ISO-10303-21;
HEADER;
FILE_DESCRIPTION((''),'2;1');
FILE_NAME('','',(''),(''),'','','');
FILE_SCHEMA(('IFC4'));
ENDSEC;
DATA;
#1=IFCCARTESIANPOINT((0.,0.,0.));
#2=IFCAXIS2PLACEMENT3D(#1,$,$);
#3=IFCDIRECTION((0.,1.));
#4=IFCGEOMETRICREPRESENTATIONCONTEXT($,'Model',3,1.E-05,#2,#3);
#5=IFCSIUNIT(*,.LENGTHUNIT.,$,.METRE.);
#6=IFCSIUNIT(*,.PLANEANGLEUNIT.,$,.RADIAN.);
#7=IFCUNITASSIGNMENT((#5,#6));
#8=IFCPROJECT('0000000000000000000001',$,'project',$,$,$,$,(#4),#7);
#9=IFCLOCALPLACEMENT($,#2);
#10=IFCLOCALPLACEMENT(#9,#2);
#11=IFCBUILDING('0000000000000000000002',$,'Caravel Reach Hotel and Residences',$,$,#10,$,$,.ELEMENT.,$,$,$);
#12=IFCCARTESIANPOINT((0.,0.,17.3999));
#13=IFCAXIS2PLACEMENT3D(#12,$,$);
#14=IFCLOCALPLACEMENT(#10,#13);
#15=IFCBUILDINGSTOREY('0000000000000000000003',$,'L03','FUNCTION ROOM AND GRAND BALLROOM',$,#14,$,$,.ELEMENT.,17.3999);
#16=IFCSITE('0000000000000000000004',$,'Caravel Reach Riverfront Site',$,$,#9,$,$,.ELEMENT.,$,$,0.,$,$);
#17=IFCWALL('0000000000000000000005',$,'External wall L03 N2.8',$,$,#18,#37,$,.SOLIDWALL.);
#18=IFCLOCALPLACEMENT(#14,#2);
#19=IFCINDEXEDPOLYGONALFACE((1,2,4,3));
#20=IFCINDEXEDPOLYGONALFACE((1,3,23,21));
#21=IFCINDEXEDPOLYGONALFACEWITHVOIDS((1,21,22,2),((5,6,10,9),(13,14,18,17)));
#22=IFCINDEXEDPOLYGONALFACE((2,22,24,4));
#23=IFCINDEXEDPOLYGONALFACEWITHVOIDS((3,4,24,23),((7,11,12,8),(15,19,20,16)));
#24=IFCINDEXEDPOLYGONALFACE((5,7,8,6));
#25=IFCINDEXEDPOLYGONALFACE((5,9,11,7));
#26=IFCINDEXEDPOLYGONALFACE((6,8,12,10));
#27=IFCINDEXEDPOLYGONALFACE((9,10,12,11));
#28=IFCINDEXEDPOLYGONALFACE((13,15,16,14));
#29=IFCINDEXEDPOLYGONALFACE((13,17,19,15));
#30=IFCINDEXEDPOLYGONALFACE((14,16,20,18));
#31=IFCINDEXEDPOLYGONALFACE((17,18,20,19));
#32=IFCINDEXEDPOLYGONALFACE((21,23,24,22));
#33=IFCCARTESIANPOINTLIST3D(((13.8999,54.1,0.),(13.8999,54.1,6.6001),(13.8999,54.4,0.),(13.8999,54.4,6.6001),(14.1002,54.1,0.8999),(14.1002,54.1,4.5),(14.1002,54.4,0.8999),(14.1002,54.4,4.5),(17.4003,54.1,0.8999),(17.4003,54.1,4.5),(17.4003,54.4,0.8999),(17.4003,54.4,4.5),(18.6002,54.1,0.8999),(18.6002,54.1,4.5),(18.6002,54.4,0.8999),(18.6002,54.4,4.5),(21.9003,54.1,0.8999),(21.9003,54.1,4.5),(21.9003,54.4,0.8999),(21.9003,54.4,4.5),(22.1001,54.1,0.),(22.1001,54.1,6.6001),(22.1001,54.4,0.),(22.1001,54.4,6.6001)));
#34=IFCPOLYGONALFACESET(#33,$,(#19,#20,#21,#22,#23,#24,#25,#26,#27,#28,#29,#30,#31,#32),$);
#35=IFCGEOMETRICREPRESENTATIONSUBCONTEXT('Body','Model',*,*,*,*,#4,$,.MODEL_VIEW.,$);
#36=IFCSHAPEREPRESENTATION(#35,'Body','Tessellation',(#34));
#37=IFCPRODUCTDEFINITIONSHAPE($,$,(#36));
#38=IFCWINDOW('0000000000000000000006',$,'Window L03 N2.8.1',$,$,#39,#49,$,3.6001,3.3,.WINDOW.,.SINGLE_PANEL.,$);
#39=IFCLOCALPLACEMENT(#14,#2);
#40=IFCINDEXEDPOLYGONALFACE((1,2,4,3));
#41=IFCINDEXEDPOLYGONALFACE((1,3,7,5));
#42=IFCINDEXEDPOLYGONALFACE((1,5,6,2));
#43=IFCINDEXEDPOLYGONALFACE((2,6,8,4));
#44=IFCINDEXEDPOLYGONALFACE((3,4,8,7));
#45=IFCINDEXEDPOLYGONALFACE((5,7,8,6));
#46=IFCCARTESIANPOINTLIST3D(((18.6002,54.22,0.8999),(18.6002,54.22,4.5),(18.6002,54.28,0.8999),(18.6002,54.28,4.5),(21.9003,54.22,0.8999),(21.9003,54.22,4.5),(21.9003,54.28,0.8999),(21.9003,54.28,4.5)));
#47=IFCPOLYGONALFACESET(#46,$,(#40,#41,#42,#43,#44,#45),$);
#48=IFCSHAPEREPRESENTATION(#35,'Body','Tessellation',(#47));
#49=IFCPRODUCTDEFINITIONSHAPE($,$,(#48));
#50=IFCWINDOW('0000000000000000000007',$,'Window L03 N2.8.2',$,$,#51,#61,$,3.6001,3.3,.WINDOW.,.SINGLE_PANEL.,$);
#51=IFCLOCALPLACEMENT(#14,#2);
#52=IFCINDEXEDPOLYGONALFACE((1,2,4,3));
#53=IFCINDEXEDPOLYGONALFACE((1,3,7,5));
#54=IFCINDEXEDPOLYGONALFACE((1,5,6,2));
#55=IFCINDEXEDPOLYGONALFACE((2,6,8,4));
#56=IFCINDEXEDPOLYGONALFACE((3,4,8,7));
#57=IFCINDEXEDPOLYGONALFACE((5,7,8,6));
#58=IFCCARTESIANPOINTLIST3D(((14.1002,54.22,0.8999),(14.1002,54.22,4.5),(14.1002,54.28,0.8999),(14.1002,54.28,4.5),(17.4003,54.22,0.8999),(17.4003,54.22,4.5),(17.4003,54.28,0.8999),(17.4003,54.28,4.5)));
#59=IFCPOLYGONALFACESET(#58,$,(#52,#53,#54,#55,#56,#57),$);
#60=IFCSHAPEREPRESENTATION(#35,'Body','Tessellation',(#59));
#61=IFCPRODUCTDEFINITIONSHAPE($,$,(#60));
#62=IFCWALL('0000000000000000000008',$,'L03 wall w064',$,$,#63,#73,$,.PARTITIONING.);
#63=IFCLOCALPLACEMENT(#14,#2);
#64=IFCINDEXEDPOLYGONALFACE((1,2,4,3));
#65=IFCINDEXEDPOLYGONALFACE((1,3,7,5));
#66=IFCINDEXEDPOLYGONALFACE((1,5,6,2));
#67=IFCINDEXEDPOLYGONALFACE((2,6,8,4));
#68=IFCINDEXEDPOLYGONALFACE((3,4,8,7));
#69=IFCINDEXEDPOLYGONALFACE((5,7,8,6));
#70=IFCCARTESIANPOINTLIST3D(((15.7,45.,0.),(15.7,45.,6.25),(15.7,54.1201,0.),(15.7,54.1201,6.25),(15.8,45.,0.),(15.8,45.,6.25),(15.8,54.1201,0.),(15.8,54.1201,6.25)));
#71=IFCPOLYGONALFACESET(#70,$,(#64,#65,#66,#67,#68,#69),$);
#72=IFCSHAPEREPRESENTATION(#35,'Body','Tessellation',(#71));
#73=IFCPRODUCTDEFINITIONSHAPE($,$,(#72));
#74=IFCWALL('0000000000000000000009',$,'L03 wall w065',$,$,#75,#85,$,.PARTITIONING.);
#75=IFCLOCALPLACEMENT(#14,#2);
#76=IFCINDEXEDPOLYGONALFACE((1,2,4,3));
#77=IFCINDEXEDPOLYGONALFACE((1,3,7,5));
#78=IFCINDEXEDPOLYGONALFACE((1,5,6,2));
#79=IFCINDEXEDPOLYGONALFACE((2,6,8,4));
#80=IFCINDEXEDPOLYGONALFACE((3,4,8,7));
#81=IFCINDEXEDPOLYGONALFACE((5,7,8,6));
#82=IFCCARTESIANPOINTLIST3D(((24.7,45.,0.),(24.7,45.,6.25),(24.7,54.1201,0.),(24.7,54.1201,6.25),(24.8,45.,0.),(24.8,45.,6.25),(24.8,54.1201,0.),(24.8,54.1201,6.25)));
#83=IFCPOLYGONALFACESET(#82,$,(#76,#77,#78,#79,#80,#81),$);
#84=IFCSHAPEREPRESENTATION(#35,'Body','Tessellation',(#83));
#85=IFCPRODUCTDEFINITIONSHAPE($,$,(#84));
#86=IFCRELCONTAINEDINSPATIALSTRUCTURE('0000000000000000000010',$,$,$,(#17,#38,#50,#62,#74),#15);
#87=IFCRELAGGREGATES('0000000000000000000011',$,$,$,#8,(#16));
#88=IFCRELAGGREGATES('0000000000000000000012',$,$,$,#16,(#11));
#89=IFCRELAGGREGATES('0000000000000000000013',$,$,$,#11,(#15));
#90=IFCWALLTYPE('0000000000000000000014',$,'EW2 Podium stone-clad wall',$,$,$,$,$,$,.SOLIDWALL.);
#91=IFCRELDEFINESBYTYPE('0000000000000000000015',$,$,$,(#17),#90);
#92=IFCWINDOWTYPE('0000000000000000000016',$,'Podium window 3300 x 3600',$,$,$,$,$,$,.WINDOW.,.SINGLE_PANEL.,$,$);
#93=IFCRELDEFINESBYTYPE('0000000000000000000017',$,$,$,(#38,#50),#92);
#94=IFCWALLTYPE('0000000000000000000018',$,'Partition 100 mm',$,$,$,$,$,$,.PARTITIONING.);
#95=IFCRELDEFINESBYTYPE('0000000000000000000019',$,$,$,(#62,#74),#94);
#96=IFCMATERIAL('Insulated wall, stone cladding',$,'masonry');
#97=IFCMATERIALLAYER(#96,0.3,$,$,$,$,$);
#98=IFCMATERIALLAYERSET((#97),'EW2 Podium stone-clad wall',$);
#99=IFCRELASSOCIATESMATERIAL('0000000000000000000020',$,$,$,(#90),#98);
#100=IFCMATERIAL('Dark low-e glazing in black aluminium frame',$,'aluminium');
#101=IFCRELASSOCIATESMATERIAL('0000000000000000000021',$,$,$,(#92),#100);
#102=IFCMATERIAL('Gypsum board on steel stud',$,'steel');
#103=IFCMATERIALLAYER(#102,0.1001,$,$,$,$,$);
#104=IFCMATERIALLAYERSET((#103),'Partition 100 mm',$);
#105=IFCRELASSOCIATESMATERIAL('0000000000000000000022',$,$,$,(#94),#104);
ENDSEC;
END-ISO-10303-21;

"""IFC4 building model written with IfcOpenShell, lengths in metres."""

from ifc_helpers import new_model, si_unit, direction, frame, frame_2d, origin, place, context, subcontext, project, spatial, rectangle, extrude, material, layer, layer_set, type_object, element, fill, save


model = new_model("IFC4")

# Units and contexts
model_context = context("Model", 3, precision=1e-05, world=origin(), true_north=direction((0.0, 1.0)))
body_context = subcontext(model_context, "Body", "Model", "MODEL_VIEW")
ifc_project = project(units=[si_unit("LENGTHUNIT", "METRE"), si_unit("PLANEANGLEUNIT", "RADIAN")], contexts=[model_context])

# Site, building, storey
site_placement = place(None, origin())
site = spatial("IfcSite", under=ifc_project, at=site_placement, Name="Caravel Reach Riverfront Site", CompositionType="ELEMENT", RefElevation=0.0)
building_placement = place(site_placement, origin())
building = spatial("IfcBuilding", under=site, at=building_placement, Name="Caravel Reach Hotel and Residences", CompositionType="ELEMENT")
storey_placement = place(building_placement, frame((0.0, 0.0, 17.3999)))
storey = spatial("IfcBuildingStorey", under=building, at=storey_placement, Name="L03", Description="FUNCTION ROOM AND GRAND BALLROOM", CompositionType="ELEMENT", Elevation=17.3999)

# Shared definitions
ifc_material_1 = material(Name="Insulated wall, stone cladding", Category="masonry")
ifc_layer_1 = layer(ifc_material_1, 0.3)
ifc_layer_set_1 = layer_set([ifc_layer_1], Name="EW2 Podium stone-clad wall")
wall_type_1 = type_object("IfcWallType", Name="EW2 Podium stone-clad wall", PredefinedType="SOLIDWALL", material=ifc_layer_set_1)
ifc_material_2 = material(Name="Dark low-e glazing in black aluminium frame", Category="aluminium")
window_type = type_object("IfcWindowType", Name="Podium window 3300 x 3600", PartitioningType="SINGLE_PANEL", PredefinedType="WINDOW", material=ifc_material_2)

# Wall, openings, windows
wall_1_placement = place(storey_placement, frame((22.1001, 54.25, 0.0), z_axis=(0.0, 0.0, 1.0), x_axis=(-1.0, 0.0, 0.0)))
wall_1 = element("IfcWall", 1, at=wall_1_placement, inside=storey, type_object=wall_type_1, Name="External wall L03 N2.8", PredefinedType="SOLIDWALL", context=body_context, shape_type="SweptSolid", body=[
    extrude(rectangle(XDim=8.2002, YDim=0.3, at=frame_2d((4.1001, 0.0))), origin(), (0.0, 0.0, 1.0), 6.6001),
])
opening_1_placement = place(wall_1_placement, frame((0.2, 0.0, 0.8999)))
opening_1 = element("IfcOpeningElement", 2, at=opening_1_placement, cuts=wall_1, PredefinedType="OPENING", context=body_context, shape_type="SweptSolid", body=[
    extrude(rectangle(XDim=3.3, YDim=3.6001, at=frame_2d((1.6499, 1.8))), frame((0.0, 0.1599, 0.0), z_axis=(0.0, -1.0, 0.0), x_axis=(1.0, 0.0, 0.0)), (0.0, 0.0, 1.0), 0.3201),
])
opening_2_placement = place(wall_1_placement, frame((4.7, 0.0, 0.8999)))
opening_2 = element("IfcOpeningElement", 3, at=opening_2_placement, cuts=wall_1, PredefinedType="OPENING", context=body_context, shape_type="SweptSolid", body=[
    extrude(rectangle(XDim=3.3, YDim=3.6001, at=frame_2d((1.6499, 1.8))), frame((0.0, 0.1599, 0.0), z_axis=(0.0, -1.0, 0.0), x_axis=(1.0, 0.0, 0.0)), (0.0, 0.0, 1.0), 0.3201),
])
window_1_placement = place(opening_1_placement, origin())
window_1 = element("IfcWindow", 4, at=window_1_placement, inside=storey, type_object=window_type, Name="Window L03 N2.8.1", OverallHeight=3.6001, OverallWidth=3.3, PartitioningType="SINGLE_PANEL", PredefinedType="WINDOW", context=body_context, shape_type="SweptSolid", body=[
    extrude(rectangle(XDim=3.3, YDim=3.6001, at=frame_2d((1.6499, 1.8))), frame((0.0, 0.03, 0.0), z_axis=(0.0, -1.0, 0.0), x_axis=(1.0, 0.0, 0.0)), (0.0, 0.0, 1.0), 0.0601),
])
fill(opening_1, window_1)
window_2_placement = place(opening_2_placement, origin())
window_2 = element("IfcWindow", 5, at=window_2_placement, inside=storey, type_object=window_type, Name="Window L03 N2.8.2", OverallHeight=3.6001, OverallWidth=3.3, PartitioningType="SINGLE_PANEL", PredefinedType="WINDOW", context=body_context, shape_type="SweptSolid", body=[
    extrude(rectangle(XDim=3.3, YDim=3.6001, at=frame_2d((1.6499, 1.8))), frame((0.0, 0.03, 0.0), z_axis=(0.0, -1.0, 0.0), x_axis=(1.0, 0.0, 0.0)), (0.0, 0.0, 1.0), 0.0601),
])
fill(opening_2, window_2)

# Walls
ifc_material_3 = material(Name="Gypsum board on steel stud", Category="steel")
ifc_layer_2 = layer(ifc_material_3, 0.1001)
ifc_layer_set_2 = layer_set([ifc_layer_2], Name="Partition 100 mm")
wall_type_2 = type_object("IfcWallType", Name="Partition 100 mm", PredefinedType="PARTITIONING", material=ifc_layer_set_2)
for number, where, z_axis, x_axis, name in (
    (6, (15.75, 45.0, 0.0), (0.0, 0.0, 1.0), (0.0, 1.0, 0.0), "L03 wall w064"),
    (7, (24.75, 45.0, 0.0), (0.0, 0.0, 1.0), (0.0, 1.0, 0.0), "L03 wall w065"),
):
    element("IfcWall", number, at=place(storey_placement, frame(where, z_axis=z_axis, x_axis=x_axis)), inside=storey, type_object=wall_type_2, Name=name, PredefinedType="PARTITIONING", context=body_context, shape_type="SweptSolid", body=[
        extrude(rectangle(XDim=9.1201, YDim=0.1001, at=frame_2d((4.5601, 0.0))), origin(), (0.0, 0.0, 1.0), 6.25),
    ])

save(model, "model.ifc")
